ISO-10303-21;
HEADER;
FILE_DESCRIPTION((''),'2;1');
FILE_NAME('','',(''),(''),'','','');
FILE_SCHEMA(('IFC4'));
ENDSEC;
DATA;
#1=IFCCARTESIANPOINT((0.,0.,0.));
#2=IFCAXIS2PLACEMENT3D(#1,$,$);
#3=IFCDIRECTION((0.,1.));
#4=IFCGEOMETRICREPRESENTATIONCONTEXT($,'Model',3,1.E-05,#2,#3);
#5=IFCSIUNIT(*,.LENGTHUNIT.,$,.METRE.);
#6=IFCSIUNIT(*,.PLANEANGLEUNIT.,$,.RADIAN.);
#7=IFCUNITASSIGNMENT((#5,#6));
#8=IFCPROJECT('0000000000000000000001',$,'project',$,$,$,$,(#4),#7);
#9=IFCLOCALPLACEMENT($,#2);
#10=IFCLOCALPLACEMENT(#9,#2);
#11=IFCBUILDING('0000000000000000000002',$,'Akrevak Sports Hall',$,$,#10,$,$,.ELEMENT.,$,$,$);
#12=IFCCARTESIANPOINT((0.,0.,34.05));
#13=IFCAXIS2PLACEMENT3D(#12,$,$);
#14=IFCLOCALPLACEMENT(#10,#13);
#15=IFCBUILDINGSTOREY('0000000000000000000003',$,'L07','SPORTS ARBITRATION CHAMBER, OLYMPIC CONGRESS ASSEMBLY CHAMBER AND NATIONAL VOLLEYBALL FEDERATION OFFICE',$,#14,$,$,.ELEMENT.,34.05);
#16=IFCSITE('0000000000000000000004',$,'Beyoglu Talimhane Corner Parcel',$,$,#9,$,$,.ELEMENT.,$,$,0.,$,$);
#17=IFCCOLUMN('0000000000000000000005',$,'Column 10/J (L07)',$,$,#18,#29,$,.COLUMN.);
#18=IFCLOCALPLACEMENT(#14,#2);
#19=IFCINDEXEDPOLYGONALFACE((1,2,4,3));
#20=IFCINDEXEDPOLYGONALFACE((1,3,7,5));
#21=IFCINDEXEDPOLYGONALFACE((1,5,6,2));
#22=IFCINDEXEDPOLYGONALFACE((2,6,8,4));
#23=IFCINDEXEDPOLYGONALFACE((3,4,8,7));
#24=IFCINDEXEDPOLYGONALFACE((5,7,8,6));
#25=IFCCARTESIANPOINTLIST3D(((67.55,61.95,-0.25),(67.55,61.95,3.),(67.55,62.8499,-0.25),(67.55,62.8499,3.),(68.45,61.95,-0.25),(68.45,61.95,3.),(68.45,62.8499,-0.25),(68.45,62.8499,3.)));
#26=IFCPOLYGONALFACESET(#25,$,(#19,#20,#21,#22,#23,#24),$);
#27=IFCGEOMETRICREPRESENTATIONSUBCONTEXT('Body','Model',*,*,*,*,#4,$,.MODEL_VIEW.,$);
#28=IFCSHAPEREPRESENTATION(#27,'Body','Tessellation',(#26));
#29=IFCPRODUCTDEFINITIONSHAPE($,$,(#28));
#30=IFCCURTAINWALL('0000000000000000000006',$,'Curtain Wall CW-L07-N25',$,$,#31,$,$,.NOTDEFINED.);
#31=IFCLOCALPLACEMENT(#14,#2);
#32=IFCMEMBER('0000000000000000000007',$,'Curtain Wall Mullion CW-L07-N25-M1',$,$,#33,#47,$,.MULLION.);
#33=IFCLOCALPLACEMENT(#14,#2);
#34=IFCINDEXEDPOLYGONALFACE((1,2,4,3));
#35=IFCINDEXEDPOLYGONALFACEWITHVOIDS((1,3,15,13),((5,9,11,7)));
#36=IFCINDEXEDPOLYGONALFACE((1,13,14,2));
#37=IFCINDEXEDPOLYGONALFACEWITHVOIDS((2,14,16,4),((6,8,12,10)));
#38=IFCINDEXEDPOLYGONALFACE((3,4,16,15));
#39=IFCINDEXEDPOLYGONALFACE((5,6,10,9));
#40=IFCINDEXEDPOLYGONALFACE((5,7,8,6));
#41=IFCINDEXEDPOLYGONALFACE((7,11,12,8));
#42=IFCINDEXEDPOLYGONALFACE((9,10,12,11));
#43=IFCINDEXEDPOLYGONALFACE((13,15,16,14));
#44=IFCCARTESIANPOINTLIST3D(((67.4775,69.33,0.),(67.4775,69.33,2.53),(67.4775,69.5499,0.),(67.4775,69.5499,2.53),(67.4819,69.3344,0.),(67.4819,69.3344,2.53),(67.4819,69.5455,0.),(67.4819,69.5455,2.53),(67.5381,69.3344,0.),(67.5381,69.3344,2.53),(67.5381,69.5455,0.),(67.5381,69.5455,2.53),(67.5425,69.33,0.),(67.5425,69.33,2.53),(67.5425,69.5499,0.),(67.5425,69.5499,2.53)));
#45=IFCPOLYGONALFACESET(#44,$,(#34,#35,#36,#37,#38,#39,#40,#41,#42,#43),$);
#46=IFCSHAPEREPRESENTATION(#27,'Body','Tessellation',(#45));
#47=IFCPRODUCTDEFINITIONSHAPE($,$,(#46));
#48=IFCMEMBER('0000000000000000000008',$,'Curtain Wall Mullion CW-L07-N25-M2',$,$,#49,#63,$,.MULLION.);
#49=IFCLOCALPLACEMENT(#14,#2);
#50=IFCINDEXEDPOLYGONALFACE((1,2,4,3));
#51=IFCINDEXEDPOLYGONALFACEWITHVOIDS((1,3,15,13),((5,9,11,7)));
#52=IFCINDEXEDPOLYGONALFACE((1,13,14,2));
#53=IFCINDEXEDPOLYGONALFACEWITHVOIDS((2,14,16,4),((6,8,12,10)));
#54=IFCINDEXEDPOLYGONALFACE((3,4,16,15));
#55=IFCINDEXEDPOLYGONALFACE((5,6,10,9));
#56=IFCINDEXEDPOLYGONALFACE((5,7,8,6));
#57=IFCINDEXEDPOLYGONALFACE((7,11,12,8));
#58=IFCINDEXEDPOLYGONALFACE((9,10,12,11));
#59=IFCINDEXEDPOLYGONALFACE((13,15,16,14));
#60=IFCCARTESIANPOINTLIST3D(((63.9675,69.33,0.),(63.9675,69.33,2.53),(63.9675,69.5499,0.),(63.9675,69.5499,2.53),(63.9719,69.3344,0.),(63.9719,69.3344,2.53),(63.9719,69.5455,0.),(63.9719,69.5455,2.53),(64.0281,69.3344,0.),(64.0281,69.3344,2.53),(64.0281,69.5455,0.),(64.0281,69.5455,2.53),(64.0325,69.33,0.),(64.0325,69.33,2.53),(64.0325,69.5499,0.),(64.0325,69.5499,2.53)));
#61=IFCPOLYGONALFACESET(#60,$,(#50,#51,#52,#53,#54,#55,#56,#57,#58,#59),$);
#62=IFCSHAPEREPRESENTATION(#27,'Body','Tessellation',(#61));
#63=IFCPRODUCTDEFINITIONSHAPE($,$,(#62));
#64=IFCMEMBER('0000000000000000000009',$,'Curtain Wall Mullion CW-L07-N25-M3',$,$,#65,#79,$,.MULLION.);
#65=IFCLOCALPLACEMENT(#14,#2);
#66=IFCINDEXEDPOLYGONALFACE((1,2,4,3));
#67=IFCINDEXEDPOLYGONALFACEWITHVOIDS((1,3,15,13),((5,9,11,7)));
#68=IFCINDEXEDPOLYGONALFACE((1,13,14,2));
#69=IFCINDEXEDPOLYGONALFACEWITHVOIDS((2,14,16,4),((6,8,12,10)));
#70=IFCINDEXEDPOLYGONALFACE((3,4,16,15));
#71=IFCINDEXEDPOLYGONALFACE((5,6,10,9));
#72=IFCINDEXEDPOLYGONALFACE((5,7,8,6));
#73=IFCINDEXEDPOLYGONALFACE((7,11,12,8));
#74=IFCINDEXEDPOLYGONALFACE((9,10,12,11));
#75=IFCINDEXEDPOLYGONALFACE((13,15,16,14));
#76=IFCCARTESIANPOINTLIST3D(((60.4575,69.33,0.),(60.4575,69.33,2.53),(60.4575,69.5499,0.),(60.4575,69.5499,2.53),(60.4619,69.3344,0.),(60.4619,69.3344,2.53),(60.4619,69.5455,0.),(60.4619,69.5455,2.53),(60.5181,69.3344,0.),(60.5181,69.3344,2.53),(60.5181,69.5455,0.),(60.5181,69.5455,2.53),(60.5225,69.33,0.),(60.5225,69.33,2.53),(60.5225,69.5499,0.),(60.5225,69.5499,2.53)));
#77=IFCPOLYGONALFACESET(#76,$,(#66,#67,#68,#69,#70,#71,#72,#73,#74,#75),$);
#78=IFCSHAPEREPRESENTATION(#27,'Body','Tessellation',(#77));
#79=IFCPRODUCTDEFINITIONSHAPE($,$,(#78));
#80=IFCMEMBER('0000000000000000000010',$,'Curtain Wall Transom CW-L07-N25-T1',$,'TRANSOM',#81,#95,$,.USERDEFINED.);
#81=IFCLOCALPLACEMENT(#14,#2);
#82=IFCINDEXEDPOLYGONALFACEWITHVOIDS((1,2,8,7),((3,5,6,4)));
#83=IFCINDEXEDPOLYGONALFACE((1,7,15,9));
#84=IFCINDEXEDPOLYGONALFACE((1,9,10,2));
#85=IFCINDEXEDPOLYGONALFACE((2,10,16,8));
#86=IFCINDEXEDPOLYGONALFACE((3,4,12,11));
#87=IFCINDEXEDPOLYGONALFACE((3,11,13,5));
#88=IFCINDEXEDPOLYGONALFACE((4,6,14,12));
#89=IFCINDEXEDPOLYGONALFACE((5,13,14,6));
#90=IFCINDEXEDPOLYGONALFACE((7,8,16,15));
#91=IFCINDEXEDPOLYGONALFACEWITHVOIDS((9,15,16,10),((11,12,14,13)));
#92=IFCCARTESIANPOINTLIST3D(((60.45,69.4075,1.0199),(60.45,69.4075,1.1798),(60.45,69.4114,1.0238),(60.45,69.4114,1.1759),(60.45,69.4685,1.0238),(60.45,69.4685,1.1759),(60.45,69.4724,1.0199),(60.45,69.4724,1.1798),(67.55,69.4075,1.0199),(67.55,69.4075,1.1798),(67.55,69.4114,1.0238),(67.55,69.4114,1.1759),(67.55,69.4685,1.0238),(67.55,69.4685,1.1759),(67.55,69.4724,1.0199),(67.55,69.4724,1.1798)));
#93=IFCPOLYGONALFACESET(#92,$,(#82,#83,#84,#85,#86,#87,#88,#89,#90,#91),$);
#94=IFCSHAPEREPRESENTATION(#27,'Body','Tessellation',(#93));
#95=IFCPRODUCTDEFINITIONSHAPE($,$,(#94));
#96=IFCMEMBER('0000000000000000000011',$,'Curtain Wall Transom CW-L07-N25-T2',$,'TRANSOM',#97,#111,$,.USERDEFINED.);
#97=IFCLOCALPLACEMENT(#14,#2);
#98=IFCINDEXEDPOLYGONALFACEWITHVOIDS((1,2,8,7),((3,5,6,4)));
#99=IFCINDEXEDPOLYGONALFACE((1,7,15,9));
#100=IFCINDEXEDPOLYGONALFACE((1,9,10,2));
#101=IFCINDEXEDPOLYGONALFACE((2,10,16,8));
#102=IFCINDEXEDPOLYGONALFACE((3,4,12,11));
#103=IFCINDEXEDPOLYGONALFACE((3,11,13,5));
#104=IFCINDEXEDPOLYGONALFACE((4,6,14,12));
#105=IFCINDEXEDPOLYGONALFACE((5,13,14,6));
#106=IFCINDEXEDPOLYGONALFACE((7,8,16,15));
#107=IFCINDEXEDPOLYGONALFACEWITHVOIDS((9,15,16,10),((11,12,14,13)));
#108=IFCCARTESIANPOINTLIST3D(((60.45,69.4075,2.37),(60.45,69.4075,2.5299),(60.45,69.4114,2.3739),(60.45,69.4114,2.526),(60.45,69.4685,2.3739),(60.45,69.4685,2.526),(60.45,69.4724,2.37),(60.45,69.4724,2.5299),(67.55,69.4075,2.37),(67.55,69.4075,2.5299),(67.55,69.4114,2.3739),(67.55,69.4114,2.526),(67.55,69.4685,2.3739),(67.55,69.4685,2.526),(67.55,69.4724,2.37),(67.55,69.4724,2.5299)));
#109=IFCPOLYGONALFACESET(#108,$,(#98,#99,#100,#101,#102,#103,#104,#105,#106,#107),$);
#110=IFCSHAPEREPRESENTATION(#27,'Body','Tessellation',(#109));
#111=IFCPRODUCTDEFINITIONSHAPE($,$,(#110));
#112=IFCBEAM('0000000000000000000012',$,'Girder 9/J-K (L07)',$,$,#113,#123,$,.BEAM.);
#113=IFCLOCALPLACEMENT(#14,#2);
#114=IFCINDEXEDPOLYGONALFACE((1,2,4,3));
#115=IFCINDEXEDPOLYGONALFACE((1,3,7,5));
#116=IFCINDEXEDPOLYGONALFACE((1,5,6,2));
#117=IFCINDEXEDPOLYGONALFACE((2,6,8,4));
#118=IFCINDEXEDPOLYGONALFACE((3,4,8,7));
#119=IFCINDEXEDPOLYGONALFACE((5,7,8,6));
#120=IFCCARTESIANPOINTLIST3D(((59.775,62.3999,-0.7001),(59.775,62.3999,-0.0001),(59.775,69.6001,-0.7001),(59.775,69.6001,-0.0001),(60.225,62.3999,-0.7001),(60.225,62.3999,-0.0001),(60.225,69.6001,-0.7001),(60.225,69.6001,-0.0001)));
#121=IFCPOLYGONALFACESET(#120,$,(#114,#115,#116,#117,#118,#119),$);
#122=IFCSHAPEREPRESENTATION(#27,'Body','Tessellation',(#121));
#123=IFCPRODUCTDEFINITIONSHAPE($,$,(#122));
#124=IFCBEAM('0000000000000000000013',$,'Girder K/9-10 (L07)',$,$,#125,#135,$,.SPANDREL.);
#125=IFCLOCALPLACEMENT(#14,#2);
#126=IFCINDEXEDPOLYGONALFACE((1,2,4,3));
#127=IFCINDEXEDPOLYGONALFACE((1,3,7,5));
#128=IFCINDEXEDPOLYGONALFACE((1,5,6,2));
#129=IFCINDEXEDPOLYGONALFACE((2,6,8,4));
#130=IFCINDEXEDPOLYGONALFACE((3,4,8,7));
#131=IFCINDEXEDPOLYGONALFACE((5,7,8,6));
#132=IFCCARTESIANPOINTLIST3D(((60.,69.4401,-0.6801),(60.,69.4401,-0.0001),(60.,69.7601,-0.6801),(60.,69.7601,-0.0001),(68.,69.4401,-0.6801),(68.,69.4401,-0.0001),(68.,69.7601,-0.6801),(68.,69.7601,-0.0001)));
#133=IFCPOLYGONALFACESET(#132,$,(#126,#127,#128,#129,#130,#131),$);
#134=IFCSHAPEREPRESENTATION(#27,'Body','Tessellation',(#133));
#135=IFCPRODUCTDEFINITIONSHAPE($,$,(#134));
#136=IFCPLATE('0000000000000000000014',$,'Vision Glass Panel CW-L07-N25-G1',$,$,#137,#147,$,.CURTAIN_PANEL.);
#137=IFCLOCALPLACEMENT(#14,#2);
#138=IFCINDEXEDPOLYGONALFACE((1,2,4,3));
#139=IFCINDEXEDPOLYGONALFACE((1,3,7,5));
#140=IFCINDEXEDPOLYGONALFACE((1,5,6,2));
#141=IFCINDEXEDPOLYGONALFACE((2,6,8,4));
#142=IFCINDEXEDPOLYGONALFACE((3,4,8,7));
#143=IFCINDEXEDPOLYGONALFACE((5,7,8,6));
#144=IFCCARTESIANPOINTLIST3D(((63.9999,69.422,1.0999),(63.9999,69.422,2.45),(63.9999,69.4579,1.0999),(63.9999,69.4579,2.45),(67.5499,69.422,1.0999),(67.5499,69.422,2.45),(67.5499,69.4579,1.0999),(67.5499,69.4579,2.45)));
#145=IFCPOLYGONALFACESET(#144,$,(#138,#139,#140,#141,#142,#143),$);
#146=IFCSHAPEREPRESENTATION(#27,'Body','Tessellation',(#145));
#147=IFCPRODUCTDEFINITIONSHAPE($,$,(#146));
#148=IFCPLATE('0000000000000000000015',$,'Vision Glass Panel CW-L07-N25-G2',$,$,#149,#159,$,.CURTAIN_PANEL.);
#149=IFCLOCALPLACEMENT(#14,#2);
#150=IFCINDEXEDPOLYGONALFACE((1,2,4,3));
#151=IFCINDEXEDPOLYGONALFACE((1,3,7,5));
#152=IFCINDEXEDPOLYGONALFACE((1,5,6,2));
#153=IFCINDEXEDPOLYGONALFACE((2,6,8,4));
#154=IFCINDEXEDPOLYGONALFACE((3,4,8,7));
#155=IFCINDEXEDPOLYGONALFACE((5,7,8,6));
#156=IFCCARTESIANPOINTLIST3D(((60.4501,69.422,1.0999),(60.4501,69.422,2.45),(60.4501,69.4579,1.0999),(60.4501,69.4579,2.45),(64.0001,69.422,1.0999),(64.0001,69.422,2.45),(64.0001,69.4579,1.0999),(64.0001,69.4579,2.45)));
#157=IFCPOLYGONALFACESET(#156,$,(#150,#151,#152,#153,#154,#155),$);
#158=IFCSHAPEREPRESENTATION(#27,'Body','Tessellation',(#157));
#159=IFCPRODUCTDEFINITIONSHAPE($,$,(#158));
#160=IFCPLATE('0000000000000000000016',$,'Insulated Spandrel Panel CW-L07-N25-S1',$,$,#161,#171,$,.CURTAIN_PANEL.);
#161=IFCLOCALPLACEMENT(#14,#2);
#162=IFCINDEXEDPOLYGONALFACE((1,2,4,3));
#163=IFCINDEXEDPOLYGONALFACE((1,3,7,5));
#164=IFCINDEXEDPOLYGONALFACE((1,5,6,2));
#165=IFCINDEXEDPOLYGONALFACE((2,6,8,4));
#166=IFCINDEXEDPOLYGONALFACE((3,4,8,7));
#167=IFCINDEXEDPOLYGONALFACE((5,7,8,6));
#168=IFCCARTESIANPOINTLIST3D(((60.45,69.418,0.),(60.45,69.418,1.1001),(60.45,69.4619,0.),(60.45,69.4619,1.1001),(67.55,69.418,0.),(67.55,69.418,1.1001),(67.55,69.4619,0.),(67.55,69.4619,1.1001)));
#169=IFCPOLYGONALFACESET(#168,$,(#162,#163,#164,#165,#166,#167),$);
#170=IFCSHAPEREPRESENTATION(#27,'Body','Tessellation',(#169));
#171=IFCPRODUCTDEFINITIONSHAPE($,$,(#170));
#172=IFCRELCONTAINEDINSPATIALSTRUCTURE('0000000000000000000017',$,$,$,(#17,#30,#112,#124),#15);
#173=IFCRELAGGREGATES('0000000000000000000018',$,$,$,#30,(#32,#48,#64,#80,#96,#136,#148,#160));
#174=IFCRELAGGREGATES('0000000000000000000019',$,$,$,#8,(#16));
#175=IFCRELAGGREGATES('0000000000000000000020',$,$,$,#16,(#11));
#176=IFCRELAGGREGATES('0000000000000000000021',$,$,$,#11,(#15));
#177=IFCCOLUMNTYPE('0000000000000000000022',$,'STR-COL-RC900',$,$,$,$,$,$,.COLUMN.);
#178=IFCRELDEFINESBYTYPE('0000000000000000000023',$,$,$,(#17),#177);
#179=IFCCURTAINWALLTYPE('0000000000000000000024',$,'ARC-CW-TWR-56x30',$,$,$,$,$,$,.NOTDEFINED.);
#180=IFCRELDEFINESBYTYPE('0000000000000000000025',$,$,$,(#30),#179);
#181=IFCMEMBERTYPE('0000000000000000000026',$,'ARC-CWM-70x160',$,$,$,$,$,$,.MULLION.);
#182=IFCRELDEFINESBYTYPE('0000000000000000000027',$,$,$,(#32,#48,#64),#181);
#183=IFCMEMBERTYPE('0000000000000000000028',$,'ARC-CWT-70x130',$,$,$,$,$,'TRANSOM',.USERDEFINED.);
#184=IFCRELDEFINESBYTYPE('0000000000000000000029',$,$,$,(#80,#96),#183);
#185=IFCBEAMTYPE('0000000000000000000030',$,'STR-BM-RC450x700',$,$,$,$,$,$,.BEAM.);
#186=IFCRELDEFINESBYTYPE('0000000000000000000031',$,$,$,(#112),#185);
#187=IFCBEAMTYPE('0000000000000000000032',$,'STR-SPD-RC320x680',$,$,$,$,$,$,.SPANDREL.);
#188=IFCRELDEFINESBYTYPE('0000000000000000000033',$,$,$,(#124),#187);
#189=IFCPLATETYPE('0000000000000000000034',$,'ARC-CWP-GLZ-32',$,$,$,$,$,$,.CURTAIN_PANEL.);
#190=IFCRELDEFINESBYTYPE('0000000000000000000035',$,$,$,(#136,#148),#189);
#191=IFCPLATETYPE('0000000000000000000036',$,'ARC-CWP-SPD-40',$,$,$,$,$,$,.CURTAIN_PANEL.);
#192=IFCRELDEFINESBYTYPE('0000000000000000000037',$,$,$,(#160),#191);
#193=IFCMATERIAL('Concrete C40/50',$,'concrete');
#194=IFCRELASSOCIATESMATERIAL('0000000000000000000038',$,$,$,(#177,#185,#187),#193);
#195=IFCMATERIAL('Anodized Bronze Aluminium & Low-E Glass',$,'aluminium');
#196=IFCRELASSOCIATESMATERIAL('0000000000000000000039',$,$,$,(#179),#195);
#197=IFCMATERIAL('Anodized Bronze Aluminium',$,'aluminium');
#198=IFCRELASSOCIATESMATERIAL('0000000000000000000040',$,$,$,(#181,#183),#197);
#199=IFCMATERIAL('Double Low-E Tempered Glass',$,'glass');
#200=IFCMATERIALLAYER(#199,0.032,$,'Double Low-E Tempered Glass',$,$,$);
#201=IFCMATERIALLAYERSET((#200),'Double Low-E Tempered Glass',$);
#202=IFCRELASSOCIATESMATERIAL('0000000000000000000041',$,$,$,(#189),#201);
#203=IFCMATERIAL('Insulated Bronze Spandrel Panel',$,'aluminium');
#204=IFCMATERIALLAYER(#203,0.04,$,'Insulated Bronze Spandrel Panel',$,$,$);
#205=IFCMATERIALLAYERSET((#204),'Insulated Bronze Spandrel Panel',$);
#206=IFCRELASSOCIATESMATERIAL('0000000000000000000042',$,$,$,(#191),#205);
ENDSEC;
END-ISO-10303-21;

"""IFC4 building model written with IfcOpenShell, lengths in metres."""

from ifc_helpers import new_model, si_unit, direction, frame, origin, origin_2d, place, context, subcontext, project, spatial, rectangle, hollow_rectangle, extrude, material, layer, layer_set, material_profile, profile_set, type_object, element, aggregate, save


model = new_model("IFC4")

# Units and contexts
model_context = context("Model", 3, precision=1e-05, world=origin(), true_north=direction((0.0, 1.0)))
body_context = subcontext(model_context, "Body", "Model", "MODEL_VIEW")
ifc_project = project(units=[si_unit("LENGTHUNIT", "METRE"), si_unit("PLANEANGLEUNIT", "RADIAN")], contexts=[model_context])

# Site, building, storey
site_placement = place(None, origin())
site = spatial("IfcSite", under=ifc_project, at=site_placement, Name="Beyoglu Talimhane Corner Parcel", CompositionType="ELEMENT", RefElevation=0.0)
building_placement = place(site_placement, origin())
building = spatial("IfcBuilding", under=site, at=building_placement, Name="Akrevak Sports Hall", CompositionType="ELEMENT")
storey_placement = place(building_placement, frame((0.0, 0.0, 34.05)))
storey = spatial("IfcBuildingStorey", under=building, at=storey_placement, Name="L07", Description="SPORTS ARBITRATION CHAMBER, OLYMPIC CONGRESS ASSEMBLY CHAMBER AND NATIONAL VOLLEYBALL FEDERATION OFFICE", CompositionType="ELEMENT", Elevation=34.05)

# Column
ifc_material_1 = material(Name="Concrete C40/50", Category="concrete")
ifc_material_profile_1 = material_profile(ifc_material_1, rectangle(XDim=0.8999, YDim=0.8999, at=origin_2d()), Name="RC 900x900", Category="concrete")
ifc_profile_set_1 = profile_set([ifc_material_profile_1], Name="Concrete C40/50")
column_type = type_object("IfcColumnType", Name="STR-COL-RC900", PredefinedType="COLUMN", material=ifc_profile_set_1)
column_placement = place(storey_placement, frame((68.0, 62.3999, -0.25), z_axis=(0.0, 0.0, 1.0), x_axis=(1.0, 0.0, 0.0)))
element("IfcColumn", 1, at=column_placement, inside=storey, type_object=column_type, Name="Column 10/J (L07)", PredefinedType="COLUMN", context=body_context, shape_type="SweptSolid", body=[
    extrude(rectangle(XDim=0.8999, YDim=0.8999, at=origin_2d()), origin(), (0.0, 0.0, 1.0), 3.25),
])

# Curtain wall, members
ifc_material_2 = material(Name="Anodized Bronze Aluminium & Low-E Glass", Category="aluminium")
curtain_wall_type = type_object("IfcCurtainWallType", Name="ARC-CW-TWR-56x30", PredefinedType="NOTDEFINED", material=ifc_material_2)
curtain_wall_placement = place(storey_placement, origin())
curtain_wall = element("IfcCurtainWall", 2, at=curtain_wall_placement, inside=storey, type_object=curtain_wall_type, Name="Curtain Wall CW-L07-N25", PredefinedType="NOTDEFINED")
ifc_material_3 = material(Name="Anodized Bronze Aluminium", Category="aluminium")
ifc_material_profile_2 = material_profile(ifc_material_3, hollow_rectangle(XDim=0.0649, YDim=0.22, WallThickness=0.0044, at=origin_2d()), Name="CWM 65x220", Category="aluminium")
ifc_profile_set_2 = profile_set([ifc_material_profile_2], Name="Anodized Bronze Aluminium")
member_type_1 = type_object("IfcMemberType", Name="ARC-CWM-70x160", PredefinedType="MULLION", material=ifc_profile_set_2)
member_1_placement = place(storey_placement, frame((67.51, 69.4399, 0.0), z_axis=(0.0, 0.0, 1.0), x_axis=(-1.0, 0.0, 0.0)))
member_1 = element("IfcMember", 3, at=member_1_placement, type_object=member_type_1, Name="Curtain Wall Mullion CW-L07-N25-M1", PredefinedType="MULLION", context=body_context, shape_type="SweptSolid", body=[
    extrude(hollow_rectangle(XDim=0.0649, YDim=0.22, WallThickness=0.0044, at=origin_2d()), origin(), (0.0, 0.0, 1.0), 2.53),
])
member_2_placement = place(storey_placement, frame((64.0, 69.4399, 0.0), z_axis=(0.0, 0.0, 1.0), x_axis=(-1.0, 0.0, 0.0)))
member_2 = element("IfcMember", 4, at=member_2_placement, type_object=member_type_1, Name="Curtain Wall Mullion CW-L07-N25-M2", PredefinedType="MULLION", context=body_context, shape_type="SweptSolid", body=[
    extrude(hollow_rectangle(XDim=0.0649, YDim=0.22, WallThickness=0.0044, at=origin_2d()), origin(), (0.0, 0.0, 1.0), 2.53),
])
member_3_placement = place(storey_placement, frame((60.49, 69.4399, 0.0), z_axis=(0.0, 0.0, 1.0), x_axis=(-1.0, 0.0, 0.0)))
member_3 = element("IfcMember", 5, at=member_3_placement, type_object=member_type_1, Name="Curtain Wall Mullion CW-L07-N25-M3", PredefinedType="MULLION", context=body_context, shape_type="SweptSolid", body=[
    extrude(hollow_rectangle(XDim=0.0649, YDim=0.22, WallThickness=0.0044, at=origin_2d()), origin(), (0.0, 0.0, 1.0), 2.53),
])
ifc_material_profile_3 = material_profile(ifc_material_3, hollow_rectangle(XDim=0.0649, YDim=0.1599, WallThickness=0.0039, at=origin_2d()), Name="CWT 65x160", Category="aluminium")
ifc_profile_set_3 = profile_set([ifc_material_profile_3], Name="Anodized Bronze Aluminium")
member_type_2 = type_object("IfcMemberType", Name="ARC-CWT-70x130", ElementType="TRANSOM", PredefinedType="USERDEFINED", material=ifc_profile_set_3)
member_4_placement = place(storey_placement, frame((67.55, 69.4399, 1.0999), z_axis=(-1.0, 0.0, 0.0), x_axis=(0.0, -1.0, 0.0)))
member_4 = element("IfcMember", 6, at=member_4_placement, type_object=member_type_2, Name="Curtain Wall Transom CW-L07-N25-T1", ObjectType="TRANSOM", PredefinedType="USERDEFINED", context=body_context, shape_type="SweptSolid", body=[
    extrude(hollow_rectangle(XDim=0.0649, YDim=0.1599, WallThickness=0.0039, at=origin_2d()), origin(), (0.0, 0.0, 1.0), 7.1001),
])
member_5_placement = place(storey_placement, frame((67.55, 69.4399, 2.45), z_axis=(-1.0, 0.0, 0.0), x_axis=(0.0, -1.0, 0.0)))
member_5 = element("IfcMember", 7, at=member_5_placement, type_object=member_type_2, Name="Curtain Wall Transom CW-L07-N25-T2", ObjectType="TRANSOM", PredefinedType="USERDEFINED", context=body_context, shape_type="SweptSolid", body=[
    extrude(hollow_rectangle(XDim=0.0649, YDim=0.1599, WallThickness=0.0039, at=origin_2d()), origin(), (0.0, 0.0, 1.0), 7.1001),
])

# Beams
ifc_material_profile_4 = material_profile(ifc_material_1, rectangle(XDim=0.45, YDim=0.7, at=origin_2d()), Name="BM 450x700", Category="concrete")
ifc_profile_set_4 = profile_set([ifc_material_profile_4], Name="Concrete C40/50")
beam_type_1 = type_object("IfcBeamType", Name="STR-BM-RC450x700", PredefinedType="BEAM", material=ifc_profile_set_4)
beam_1_placement = place(storey_placement, frame((60.0, 62.3999, -0.3501), z_axis=(0.0, 1.0, 0.0), x_axis=(-1.0, 0.0, 0.0)))
element("IfcBeam", 8, at=beam_1_placement, inside=storey, type_object=beam_type_1, Name="Girder 9/J-K (L07)", PredefinedType="BEAM", context=body_context, shape_type="SweptSolid", body=[
    extrude(rectangle(XDim=0.45, YDim=0.7, at=origin_2d()), origin(), (0.0, 0.0, 1.0), 7.2002),
])
ifc_material_profile_5 = material_profile(ifc_material_1, rectangle(XDim=0.3201, YDim=0.6799, at=origin_2d()), Name="SPD 320x680", Category="concrete")
ifc_profile_set_5 = profile_set([ifc_material_profile_5], Name="Concrete C40/50")
beam_type_2 = type_object("IfcBeamType", Name="STR-SPD-RC320x680", PredefinedType="SPANDREL", material=ifc_profile_set_5)
beam_2_placement = place(storey_placement, frame((60.0, 69.6001, -0.3401), z_axis=(1.0, 0.0, 0.0), x_axis=(0.0, 1.0, 0.0)))
element("IfcBeam", 9, at=beam_2_placement, inside=storey, type_object=beam_type_2, Name="Girder K/9-10 (L07)", PredefinedType="SPANDREL", context=body_context, shape_type="SweptSolid", body=[
    extrude(rectangle(XDim=0.3201, YDim=0.6799, at=origin_2d()), origin(), (0.0, 0.0, 1.0), 8.0),
])

# Plates
ifc_material_4 = material(Name="Double Low-E Tempered Glass", Category="glass")
ifc_layer_1 = layer(ifc_material_4, 0.032, Name="Double Low-E Tempered Glass")
ifc_layer_set_1 = layer_set([ifc_layer_1], Name="Double Low-E Tempered Glass")
plate_type_1 = type_object("IfcPlateType", Name="ARC-CWP-GLZ-32", PredefinedType="CURTAIN_PANEL", material=ifc_layer_set_1)
plate_1_placement = place(storey_placement, frame((65.7749, 69.4399, 1.0999), z_axis=(0.0, 0.0, 1.0), x_axis=(-1.0, 0.0, 0.0)))
plate_1 = element("IfcPlate", 10, at=plate_1_placement, type_object=plate_type_1, Name="Vision Glass Panel CW-L07-N25-G1", PredefinedType="CURTAIN_PANEL", context=body_context, shape_type="SweptSolid", body=[
    extrude(rectangle(XDim=3.55, YDim=0.0359, at=origin_2d()), origin(), (0.0, 0.0, 1.0), 1.3501),
])
plate_2_placement = place(storey_placement, frame((62.2251, 69.4399, 1.0999), z_axis=(0.0, 0.0, 1.0), x_axis=(-1.0, 0.0, 0.0)))
plate_2 = element("IfcPlate", 11, at=plate_2_placement, type_object=plate_type_1, Name="Vision Glass Panel CW-L07-N25-G2", PredefinedType="CURTAIN_PANEL", context=body_context, shape_type="SweptSolid", body=[
    extrude(rectangle(XDim=3.55, YDim=0.0359, at=origin_2d()), origin(), (0.0, 0.0, 1.0), 1.3501),
])
ifc_material_5 = material(Name="Insulated Bronze Spandrel Panel", Category="aluminium")
ifc_layer_2 = layer(ifc_material_5, 0.04, Name="Insulated Bronze Spandrel Panel")
ifc_layer_set_2 = layer_set([ifc_layer_2], Name="Insulated Bronze Spandrel Panel")
plate_type_2 = type_object("IfcPlateType", Name="ARC-CWP-SPD-40", PredefinedType="CURTAIN_PANEL", material=ifc_layer_set_2)
plate_3_placement = place(storey_placement, frame((64.0, 69.4399, 0.0), z_axis=(0.0, 0.0, 1.0), x_axis=(-1.0, 0.0, 0.0)))
plate_3 = element("IfcPlate", 12, at=plate_3_placement, type_object=plate_type_2, Name="Insulated Spandrel Panel CW-L07-N25-S1", PredefinedType="CURTAIN_PANEL", context=body_context, shape_type="SweptSolid", body=[
    extrude(rectangle(XDim=7.1001, YDim=0.0439, at=origin_2d()), origin(), (0.0, 0.0, 1.0), 1.1001),
])
aggregate(curtain_wall, [member_1, member_2, member_3, member_4, member_5, plate_1, plate_2, plate_3])

save(model, "model.ifc")
